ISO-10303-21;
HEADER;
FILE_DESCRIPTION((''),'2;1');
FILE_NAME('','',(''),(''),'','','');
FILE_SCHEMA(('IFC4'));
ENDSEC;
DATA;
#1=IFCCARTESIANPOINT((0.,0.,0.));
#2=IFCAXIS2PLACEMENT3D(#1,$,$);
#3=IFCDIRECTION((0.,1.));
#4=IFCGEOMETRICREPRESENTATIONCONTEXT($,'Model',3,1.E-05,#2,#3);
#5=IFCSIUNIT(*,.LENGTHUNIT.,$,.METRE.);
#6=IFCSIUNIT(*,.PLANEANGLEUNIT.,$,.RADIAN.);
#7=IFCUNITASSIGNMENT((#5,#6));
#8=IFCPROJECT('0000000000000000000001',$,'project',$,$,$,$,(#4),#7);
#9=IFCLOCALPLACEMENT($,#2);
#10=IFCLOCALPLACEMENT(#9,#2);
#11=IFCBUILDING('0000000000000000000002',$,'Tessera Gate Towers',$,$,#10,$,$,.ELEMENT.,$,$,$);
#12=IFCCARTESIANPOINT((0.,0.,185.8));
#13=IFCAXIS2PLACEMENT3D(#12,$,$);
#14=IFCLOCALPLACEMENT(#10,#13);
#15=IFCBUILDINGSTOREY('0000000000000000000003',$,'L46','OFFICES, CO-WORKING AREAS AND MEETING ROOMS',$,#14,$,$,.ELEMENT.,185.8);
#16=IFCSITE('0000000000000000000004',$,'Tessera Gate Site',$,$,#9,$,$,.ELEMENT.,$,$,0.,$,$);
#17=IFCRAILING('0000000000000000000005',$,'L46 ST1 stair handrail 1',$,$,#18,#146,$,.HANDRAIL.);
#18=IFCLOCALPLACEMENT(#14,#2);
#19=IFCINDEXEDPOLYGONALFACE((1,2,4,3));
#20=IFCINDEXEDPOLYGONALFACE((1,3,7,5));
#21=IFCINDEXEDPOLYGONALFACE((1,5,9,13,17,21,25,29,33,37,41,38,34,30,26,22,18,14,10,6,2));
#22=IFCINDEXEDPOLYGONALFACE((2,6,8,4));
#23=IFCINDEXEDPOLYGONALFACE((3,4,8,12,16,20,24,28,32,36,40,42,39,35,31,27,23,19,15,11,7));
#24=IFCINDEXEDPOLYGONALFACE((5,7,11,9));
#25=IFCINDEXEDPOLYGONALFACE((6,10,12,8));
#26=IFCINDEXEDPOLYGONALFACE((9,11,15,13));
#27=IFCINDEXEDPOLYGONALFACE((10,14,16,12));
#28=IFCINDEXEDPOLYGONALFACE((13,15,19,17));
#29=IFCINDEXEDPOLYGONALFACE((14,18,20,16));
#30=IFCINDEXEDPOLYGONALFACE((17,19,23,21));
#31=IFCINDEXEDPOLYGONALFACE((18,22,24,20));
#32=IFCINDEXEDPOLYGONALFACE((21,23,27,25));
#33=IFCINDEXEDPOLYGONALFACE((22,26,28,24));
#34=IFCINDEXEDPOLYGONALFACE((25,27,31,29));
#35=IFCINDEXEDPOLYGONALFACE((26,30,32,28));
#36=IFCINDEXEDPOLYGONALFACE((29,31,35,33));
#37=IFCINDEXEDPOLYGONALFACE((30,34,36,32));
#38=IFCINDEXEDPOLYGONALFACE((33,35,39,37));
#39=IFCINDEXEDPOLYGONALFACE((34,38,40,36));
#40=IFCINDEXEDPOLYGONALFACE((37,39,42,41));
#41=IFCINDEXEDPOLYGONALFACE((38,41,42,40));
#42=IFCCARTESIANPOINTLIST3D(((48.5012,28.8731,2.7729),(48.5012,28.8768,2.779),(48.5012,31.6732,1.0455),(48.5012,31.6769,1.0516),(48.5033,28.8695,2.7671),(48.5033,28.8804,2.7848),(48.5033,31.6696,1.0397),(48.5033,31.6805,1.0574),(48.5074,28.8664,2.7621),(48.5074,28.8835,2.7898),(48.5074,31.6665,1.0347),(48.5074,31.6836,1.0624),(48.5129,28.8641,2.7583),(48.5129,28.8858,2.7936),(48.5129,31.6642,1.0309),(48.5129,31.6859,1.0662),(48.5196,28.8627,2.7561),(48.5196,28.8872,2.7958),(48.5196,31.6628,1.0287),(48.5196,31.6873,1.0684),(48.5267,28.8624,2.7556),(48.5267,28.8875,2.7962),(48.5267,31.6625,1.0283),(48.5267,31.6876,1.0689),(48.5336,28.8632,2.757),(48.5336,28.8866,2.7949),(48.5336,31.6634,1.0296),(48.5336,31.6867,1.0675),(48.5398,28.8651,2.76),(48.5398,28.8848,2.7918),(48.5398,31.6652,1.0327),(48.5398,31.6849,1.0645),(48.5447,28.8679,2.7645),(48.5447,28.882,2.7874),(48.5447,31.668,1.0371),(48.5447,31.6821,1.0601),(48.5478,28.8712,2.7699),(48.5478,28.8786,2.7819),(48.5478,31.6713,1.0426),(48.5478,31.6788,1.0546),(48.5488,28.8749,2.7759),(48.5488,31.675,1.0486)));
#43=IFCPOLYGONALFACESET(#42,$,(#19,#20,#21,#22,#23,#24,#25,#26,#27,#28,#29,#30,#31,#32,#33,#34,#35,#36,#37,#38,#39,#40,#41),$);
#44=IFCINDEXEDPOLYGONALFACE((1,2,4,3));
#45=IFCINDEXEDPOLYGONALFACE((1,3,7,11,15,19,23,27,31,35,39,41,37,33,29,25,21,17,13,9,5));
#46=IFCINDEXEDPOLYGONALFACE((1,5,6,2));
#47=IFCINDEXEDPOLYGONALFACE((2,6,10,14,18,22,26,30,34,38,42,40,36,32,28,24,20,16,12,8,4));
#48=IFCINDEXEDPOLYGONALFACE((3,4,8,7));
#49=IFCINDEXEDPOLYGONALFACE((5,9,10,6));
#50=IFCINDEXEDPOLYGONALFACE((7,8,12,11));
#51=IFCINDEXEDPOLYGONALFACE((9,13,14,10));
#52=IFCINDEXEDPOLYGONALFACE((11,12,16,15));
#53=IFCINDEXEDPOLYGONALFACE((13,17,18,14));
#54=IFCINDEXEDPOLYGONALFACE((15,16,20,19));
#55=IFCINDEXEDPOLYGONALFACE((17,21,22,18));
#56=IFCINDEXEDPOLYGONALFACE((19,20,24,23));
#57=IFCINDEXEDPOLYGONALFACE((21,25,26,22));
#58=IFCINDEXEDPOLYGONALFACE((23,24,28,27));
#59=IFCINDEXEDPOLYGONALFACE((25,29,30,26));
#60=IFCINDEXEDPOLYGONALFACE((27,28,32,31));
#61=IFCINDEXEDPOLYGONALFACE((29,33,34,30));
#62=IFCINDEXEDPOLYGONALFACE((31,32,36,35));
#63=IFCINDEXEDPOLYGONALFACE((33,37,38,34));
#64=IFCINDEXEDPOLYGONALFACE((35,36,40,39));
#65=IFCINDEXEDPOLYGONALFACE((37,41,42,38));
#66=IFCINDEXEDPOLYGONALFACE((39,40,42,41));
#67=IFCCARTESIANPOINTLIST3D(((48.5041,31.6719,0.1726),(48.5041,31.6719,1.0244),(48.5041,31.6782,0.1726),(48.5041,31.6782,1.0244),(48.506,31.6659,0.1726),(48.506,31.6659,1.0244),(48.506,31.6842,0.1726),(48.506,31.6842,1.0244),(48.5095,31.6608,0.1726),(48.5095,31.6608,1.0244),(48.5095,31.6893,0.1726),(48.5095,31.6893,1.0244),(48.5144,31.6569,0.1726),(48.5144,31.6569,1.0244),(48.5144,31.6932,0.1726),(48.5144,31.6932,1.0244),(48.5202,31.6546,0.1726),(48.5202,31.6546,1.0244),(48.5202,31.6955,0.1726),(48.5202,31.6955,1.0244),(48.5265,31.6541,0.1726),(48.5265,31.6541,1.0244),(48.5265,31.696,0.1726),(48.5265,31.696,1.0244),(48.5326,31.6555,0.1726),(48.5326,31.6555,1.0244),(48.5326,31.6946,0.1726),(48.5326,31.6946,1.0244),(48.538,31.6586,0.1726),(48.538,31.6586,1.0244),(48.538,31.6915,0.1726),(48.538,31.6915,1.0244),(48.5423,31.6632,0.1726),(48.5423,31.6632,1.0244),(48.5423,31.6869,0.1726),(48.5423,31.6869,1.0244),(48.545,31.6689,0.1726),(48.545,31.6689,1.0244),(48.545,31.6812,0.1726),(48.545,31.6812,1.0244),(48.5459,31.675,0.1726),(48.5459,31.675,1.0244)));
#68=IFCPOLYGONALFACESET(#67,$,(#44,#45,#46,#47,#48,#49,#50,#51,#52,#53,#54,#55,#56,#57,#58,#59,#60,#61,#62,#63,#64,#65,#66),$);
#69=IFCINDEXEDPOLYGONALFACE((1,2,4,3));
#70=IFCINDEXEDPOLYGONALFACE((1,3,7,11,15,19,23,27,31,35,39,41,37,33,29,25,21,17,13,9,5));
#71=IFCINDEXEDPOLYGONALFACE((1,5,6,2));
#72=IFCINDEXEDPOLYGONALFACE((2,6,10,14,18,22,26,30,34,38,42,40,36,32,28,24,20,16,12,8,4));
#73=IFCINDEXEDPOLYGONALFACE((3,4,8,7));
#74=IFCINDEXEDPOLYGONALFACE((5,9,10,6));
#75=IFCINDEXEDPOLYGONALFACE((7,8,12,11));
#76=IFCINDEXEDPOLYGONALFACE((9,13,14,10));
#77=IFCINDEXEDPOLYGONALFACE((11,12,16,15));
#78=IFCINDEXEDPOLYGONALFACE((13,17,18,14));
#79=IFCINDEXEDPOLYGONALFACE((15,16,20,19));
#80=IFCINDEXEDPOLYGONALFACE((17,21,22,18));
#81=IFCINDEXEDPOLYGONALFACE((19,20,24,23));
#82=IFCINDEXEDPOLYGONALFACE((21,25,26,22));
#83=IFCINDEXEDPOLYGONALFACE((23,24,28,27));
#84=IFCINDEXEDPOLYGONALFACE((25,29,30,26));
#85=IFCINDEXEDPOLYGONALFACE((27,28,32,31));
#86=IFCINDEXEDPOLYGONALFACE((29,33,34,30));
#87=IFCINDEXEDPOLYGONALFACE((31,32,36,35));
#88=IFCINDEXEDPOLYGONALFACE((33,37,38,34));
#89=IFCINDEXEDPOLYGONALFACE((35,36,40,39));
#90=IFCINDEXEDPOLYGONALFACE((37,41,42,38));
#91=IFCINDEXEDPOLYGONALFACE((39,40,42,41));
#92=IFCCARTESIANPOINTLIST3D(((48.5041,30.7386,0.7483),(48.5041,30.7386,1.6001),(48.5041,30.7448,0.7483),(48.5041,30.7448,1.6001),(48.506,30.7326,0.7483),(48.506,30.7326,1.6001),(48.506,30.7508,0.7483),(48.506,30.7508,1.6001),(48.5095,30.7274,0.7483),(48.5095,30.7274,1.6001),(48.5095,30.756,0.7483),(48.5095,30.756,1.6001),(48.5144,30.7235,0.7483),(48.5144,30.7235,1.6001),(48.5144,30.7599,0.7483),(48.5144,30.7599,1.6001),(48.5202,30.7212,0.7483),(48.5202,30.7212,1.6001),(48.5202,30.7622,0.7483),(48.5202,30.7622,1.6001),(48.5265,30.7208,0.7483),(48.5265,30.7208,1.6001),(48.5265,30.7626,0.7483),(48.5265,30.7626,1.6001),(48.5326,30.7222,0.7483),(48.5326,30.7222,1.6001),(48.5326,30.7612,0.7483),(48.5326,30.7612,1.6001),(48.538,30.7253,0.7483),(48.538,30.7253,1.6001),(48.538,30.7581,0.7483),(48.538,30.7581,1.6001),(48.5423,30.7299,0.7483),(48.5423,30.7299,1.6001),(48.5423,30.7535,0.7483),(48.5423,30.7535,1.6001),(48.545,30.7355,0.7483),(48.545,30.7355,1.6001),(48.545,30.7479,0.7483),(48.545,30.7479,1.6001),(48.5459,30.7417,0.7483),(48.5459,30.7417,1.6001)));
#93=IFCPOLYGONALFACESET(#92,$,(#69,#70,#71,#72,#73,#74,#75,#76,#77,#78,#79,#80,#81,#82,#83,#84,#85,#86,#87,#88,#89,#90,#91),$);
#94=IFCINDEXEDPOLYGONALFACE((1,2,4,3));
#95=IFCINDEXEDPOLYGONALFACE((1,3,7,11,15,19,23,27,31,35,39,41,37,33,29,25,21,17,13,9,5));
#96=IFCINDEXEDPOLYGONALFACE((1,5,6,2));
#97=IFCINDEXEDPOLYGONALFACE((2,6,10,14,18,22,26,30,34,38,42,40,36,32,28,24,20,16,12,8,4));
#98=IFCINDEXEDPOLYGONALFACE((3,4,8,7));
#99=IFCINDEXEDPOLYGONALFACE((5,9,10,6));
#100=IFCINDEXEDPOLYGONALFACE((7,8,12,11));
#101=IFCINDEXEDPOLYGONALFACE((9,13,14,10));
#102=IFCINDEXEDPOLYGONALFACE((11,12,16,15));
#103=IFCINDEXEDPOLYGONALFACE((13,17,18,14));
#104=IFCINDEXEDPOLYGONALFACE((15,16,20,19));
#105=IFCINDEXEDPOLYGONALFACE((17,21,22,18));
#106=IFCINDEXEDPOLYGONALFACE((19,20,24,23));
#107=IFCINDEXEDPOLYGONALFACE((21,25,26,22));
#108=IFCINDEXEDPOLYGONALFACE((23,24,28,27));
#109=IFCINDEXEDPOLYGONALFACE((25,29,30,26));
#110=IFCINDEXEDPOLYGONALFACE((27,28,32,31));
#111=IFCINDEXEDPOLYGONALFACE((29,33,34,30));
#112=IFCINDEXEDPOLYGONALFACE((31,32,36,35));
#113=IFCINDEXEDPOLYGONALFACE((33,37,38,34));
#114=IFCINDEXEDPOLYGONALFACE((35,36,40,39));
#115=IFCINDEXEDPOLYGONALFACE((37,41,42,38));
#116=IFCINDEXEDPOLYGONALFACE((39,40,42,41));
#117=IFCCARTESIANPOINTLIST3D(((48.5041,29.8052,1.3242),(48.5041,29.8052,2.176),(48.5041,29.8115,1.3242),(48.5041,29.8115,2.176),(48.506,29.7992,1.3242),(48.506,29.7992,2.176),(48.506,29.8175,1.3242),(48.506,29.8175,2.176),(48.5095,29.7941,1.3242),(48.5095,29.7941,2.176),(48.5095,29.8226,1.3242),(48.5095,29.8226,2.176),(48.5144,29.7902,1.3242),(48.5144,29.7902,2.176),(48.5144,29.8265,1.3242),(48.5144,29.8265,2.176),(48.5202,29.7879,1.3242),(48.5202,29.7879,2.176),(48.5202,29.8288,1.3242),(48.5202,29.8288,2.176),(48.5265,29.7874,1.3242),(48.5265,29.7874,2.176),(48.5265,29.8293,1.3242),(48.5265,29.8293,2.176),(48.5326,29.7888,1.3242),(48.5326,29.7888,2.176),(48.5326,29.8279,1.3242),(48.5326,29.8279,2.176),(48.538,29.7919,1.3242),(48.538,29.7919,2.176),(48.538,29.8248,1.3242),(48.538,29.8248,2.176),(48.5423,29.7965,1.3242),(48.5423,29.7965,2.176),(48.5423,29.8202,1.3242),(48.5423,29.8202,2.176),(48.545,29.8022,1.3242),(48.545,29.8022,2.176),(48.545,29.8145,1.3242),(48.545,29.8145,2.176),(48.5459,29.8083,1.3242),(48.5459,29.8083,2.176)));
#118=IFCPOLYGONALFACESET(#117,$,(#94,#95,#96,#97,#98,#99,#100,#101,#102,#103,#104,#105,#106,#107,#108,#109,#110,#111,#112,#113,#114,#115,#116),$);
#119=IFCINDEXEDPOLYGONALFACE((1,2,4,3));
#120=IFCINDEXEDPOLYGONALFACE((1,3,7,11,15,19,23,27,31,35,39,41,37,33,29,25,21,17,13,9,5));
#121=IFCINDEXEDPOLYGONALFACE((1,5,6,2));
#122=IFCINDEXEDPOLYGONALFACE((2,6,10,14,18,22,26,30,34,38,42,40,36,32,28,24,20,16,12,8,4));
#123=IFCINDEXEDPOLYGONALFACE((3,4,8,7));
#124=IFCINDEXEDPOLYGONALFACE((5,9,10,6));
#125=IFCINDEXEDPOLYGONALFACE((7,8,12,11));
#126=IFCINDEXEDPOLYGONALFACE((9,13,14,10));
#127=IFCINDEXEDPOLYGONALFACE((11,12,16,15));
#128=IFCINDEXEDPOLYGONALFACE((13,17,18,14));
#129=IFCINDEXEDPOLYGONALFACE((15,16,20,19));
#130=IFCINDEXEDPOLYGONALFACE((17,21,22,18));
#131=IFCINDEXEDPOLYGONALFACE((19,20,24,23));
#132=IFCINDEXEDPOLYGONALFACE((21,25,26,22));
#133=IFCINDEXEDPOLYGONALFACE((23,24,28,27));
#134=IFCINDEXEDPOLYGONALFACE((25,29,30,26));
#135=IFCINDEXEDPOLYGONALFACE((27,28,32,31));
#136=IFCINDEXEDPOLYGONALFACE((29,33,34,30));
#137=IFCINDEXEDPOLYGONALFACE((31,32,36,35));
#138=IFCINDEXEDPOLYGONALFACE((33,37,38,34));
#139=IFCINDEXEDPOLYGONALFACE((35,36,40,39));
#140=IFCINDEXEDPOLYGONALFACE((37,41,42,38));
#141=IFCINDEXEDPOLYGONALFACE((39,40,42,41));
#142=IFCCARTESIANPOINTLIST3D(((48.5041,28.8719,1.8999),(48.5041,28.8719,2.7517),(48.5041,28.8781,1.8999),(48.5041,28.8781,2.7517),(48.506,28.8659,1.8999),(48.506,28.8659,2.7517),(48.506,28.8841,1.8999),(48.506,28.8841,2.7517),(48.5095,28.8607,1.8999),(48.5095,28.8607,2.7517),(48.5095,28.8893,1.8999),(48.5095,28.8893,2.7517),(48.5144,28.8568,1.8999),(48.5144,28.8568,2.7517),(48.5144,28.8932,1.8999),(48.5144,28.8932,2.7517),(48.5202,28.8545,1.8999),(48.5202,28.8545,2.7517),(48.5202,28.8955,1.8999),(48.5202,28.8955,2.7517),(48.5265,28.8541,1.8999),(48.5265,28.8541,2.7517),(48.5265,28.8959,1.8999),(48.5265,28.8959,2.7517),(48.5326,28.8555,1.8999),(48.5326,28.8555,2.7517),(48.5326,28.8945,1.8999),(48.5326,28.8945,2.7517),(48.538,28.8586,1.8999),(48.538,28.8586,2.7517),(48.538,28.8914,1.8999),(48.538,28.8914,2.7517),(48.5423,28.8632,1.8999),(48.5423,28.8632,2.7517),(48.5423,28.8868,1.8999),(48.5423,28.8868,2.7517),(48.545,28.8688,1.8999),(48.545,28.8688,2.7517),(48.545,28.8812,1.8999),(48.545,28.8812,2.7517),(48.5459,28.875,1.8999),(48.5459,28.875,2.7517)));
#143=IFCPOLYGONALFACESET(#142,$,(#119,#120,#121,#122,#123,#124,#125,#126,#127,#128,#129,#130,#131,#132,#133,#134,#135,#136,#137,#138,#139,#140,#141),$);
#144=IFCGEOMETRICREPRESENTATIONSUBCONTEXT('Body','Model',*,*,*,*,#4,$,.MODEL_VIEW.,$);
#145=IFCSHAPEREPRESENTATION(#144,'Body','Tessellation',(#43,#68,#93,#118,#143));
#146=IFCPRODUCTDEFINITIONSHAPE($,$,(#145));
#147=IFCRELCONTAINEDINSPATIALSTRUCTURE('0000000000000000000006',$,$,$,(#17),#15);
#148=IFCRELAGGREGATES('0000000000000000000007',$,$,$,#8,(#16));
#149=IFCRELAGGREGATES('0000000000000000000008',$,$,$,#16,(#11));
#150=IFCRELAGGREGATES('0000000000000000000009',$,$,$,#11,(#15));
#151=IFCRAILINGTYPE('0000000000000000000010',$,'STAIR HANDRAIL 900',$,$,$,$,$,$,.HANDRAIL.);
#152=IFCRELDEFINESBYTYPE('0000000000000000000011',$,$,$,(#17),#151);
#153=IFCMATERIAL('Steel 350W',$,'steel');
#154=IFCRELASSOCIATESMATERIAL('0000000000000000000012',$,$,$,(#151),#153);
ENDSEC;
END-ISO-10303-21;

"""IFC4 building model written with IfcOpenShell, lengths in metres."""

from ifc_helpers import new_model, si_unit, direction, frame, origin, origin_2d, place, context, subcontext, project, spatial, circle, extrude, material, type_object, element, save


model = new_model("IFC4")

# Units and contexts
model_context = context("Model", 3, precision=1e-05, world=origin(), true_north=direction((0.0, 1.0)))
body_context = subcontext(model_context, "Body", "Model", "MODEL_VIEW")
ifc_project = project(units=[si_unit("LENGTHUNIT", "METRE"), si_unit("PLANEANGLEUNIT", "RADIAN")], contexts=[model_context])

# Site, building, storey
site_placement = place(None, origin())
site = spatial("IfcSite", under=ifc_project, at=site_placement, Name="Tessera Gate Site", CompositionType="ELEMENT", RefElevation=0.0)
building_placement = place(site_placement, origin())
building = spatial("IfcBuilding", under=site, at=building_placement, Name="Tessera Gate Towers", CompositionType="ELEMENT")
storey_placement = place(building_placement, frame((0.0, 0.0, 185.8)))
storey = spatial("IfcBuildingStorey", under=building, at=storey_placement, Name="L46", Description="OFFICES, CO-WORKING AREAS AND MEETING ROOMS", CompositionType="ELEMENT", Elevation=185.8)

# Railing
ifc_material_1 = material(Name="Steel 350W", Category="steel")
railing_type = type_object("IfcRailingType", Name="STAIR HANDRAIL 900", PredefinedType="HANDRAIL", material=ifc_material_1)
railing_placement = place(storey_placement, frame((48.5249, 31.675, 0.1726)))
element("IfcRailing", 1, at=railing_placement, inside=storey, type_object=railing_type, Name="L46 ST1 stair handrail 1", PredefinedType="HANDRAIL", context=body_context, shape_type="SweptSolid", body=[
    extrude(circle(Radius=0.0239, at=origin_2d()), frame((0.0, 0.0, 0.876), z_axis=(0.0, -0.85109, 0.52502), x_axis=(1.0, 0.0, 0.0)), (0.0, 0.0, 1.0), 3.29),
    extrude(circle(Radius=0.021, at=origin_2d()), origin(), (0.0, 0.0, 1.0), 0.8518),
    extrude(circle(Radius=0.021, at=origin_2d()), frame((0.0, -0.9333, 0.5757)), (0.0, 0.0, 1.0), 0.8518),
    extrude(circle(Radius=0.021, at=origin_2d()), frame((0.0, -1.8667, 1.1516)), (0.0, 0.0, 1.0), 0.8518),
    extrude(circle(Radius=0.021, at=origin_2d()), frame((0.0, -2.8, 1.7273)), (0.0, 0.0, 1.0), 0.8518),
])

save(model, "model.ifc")
